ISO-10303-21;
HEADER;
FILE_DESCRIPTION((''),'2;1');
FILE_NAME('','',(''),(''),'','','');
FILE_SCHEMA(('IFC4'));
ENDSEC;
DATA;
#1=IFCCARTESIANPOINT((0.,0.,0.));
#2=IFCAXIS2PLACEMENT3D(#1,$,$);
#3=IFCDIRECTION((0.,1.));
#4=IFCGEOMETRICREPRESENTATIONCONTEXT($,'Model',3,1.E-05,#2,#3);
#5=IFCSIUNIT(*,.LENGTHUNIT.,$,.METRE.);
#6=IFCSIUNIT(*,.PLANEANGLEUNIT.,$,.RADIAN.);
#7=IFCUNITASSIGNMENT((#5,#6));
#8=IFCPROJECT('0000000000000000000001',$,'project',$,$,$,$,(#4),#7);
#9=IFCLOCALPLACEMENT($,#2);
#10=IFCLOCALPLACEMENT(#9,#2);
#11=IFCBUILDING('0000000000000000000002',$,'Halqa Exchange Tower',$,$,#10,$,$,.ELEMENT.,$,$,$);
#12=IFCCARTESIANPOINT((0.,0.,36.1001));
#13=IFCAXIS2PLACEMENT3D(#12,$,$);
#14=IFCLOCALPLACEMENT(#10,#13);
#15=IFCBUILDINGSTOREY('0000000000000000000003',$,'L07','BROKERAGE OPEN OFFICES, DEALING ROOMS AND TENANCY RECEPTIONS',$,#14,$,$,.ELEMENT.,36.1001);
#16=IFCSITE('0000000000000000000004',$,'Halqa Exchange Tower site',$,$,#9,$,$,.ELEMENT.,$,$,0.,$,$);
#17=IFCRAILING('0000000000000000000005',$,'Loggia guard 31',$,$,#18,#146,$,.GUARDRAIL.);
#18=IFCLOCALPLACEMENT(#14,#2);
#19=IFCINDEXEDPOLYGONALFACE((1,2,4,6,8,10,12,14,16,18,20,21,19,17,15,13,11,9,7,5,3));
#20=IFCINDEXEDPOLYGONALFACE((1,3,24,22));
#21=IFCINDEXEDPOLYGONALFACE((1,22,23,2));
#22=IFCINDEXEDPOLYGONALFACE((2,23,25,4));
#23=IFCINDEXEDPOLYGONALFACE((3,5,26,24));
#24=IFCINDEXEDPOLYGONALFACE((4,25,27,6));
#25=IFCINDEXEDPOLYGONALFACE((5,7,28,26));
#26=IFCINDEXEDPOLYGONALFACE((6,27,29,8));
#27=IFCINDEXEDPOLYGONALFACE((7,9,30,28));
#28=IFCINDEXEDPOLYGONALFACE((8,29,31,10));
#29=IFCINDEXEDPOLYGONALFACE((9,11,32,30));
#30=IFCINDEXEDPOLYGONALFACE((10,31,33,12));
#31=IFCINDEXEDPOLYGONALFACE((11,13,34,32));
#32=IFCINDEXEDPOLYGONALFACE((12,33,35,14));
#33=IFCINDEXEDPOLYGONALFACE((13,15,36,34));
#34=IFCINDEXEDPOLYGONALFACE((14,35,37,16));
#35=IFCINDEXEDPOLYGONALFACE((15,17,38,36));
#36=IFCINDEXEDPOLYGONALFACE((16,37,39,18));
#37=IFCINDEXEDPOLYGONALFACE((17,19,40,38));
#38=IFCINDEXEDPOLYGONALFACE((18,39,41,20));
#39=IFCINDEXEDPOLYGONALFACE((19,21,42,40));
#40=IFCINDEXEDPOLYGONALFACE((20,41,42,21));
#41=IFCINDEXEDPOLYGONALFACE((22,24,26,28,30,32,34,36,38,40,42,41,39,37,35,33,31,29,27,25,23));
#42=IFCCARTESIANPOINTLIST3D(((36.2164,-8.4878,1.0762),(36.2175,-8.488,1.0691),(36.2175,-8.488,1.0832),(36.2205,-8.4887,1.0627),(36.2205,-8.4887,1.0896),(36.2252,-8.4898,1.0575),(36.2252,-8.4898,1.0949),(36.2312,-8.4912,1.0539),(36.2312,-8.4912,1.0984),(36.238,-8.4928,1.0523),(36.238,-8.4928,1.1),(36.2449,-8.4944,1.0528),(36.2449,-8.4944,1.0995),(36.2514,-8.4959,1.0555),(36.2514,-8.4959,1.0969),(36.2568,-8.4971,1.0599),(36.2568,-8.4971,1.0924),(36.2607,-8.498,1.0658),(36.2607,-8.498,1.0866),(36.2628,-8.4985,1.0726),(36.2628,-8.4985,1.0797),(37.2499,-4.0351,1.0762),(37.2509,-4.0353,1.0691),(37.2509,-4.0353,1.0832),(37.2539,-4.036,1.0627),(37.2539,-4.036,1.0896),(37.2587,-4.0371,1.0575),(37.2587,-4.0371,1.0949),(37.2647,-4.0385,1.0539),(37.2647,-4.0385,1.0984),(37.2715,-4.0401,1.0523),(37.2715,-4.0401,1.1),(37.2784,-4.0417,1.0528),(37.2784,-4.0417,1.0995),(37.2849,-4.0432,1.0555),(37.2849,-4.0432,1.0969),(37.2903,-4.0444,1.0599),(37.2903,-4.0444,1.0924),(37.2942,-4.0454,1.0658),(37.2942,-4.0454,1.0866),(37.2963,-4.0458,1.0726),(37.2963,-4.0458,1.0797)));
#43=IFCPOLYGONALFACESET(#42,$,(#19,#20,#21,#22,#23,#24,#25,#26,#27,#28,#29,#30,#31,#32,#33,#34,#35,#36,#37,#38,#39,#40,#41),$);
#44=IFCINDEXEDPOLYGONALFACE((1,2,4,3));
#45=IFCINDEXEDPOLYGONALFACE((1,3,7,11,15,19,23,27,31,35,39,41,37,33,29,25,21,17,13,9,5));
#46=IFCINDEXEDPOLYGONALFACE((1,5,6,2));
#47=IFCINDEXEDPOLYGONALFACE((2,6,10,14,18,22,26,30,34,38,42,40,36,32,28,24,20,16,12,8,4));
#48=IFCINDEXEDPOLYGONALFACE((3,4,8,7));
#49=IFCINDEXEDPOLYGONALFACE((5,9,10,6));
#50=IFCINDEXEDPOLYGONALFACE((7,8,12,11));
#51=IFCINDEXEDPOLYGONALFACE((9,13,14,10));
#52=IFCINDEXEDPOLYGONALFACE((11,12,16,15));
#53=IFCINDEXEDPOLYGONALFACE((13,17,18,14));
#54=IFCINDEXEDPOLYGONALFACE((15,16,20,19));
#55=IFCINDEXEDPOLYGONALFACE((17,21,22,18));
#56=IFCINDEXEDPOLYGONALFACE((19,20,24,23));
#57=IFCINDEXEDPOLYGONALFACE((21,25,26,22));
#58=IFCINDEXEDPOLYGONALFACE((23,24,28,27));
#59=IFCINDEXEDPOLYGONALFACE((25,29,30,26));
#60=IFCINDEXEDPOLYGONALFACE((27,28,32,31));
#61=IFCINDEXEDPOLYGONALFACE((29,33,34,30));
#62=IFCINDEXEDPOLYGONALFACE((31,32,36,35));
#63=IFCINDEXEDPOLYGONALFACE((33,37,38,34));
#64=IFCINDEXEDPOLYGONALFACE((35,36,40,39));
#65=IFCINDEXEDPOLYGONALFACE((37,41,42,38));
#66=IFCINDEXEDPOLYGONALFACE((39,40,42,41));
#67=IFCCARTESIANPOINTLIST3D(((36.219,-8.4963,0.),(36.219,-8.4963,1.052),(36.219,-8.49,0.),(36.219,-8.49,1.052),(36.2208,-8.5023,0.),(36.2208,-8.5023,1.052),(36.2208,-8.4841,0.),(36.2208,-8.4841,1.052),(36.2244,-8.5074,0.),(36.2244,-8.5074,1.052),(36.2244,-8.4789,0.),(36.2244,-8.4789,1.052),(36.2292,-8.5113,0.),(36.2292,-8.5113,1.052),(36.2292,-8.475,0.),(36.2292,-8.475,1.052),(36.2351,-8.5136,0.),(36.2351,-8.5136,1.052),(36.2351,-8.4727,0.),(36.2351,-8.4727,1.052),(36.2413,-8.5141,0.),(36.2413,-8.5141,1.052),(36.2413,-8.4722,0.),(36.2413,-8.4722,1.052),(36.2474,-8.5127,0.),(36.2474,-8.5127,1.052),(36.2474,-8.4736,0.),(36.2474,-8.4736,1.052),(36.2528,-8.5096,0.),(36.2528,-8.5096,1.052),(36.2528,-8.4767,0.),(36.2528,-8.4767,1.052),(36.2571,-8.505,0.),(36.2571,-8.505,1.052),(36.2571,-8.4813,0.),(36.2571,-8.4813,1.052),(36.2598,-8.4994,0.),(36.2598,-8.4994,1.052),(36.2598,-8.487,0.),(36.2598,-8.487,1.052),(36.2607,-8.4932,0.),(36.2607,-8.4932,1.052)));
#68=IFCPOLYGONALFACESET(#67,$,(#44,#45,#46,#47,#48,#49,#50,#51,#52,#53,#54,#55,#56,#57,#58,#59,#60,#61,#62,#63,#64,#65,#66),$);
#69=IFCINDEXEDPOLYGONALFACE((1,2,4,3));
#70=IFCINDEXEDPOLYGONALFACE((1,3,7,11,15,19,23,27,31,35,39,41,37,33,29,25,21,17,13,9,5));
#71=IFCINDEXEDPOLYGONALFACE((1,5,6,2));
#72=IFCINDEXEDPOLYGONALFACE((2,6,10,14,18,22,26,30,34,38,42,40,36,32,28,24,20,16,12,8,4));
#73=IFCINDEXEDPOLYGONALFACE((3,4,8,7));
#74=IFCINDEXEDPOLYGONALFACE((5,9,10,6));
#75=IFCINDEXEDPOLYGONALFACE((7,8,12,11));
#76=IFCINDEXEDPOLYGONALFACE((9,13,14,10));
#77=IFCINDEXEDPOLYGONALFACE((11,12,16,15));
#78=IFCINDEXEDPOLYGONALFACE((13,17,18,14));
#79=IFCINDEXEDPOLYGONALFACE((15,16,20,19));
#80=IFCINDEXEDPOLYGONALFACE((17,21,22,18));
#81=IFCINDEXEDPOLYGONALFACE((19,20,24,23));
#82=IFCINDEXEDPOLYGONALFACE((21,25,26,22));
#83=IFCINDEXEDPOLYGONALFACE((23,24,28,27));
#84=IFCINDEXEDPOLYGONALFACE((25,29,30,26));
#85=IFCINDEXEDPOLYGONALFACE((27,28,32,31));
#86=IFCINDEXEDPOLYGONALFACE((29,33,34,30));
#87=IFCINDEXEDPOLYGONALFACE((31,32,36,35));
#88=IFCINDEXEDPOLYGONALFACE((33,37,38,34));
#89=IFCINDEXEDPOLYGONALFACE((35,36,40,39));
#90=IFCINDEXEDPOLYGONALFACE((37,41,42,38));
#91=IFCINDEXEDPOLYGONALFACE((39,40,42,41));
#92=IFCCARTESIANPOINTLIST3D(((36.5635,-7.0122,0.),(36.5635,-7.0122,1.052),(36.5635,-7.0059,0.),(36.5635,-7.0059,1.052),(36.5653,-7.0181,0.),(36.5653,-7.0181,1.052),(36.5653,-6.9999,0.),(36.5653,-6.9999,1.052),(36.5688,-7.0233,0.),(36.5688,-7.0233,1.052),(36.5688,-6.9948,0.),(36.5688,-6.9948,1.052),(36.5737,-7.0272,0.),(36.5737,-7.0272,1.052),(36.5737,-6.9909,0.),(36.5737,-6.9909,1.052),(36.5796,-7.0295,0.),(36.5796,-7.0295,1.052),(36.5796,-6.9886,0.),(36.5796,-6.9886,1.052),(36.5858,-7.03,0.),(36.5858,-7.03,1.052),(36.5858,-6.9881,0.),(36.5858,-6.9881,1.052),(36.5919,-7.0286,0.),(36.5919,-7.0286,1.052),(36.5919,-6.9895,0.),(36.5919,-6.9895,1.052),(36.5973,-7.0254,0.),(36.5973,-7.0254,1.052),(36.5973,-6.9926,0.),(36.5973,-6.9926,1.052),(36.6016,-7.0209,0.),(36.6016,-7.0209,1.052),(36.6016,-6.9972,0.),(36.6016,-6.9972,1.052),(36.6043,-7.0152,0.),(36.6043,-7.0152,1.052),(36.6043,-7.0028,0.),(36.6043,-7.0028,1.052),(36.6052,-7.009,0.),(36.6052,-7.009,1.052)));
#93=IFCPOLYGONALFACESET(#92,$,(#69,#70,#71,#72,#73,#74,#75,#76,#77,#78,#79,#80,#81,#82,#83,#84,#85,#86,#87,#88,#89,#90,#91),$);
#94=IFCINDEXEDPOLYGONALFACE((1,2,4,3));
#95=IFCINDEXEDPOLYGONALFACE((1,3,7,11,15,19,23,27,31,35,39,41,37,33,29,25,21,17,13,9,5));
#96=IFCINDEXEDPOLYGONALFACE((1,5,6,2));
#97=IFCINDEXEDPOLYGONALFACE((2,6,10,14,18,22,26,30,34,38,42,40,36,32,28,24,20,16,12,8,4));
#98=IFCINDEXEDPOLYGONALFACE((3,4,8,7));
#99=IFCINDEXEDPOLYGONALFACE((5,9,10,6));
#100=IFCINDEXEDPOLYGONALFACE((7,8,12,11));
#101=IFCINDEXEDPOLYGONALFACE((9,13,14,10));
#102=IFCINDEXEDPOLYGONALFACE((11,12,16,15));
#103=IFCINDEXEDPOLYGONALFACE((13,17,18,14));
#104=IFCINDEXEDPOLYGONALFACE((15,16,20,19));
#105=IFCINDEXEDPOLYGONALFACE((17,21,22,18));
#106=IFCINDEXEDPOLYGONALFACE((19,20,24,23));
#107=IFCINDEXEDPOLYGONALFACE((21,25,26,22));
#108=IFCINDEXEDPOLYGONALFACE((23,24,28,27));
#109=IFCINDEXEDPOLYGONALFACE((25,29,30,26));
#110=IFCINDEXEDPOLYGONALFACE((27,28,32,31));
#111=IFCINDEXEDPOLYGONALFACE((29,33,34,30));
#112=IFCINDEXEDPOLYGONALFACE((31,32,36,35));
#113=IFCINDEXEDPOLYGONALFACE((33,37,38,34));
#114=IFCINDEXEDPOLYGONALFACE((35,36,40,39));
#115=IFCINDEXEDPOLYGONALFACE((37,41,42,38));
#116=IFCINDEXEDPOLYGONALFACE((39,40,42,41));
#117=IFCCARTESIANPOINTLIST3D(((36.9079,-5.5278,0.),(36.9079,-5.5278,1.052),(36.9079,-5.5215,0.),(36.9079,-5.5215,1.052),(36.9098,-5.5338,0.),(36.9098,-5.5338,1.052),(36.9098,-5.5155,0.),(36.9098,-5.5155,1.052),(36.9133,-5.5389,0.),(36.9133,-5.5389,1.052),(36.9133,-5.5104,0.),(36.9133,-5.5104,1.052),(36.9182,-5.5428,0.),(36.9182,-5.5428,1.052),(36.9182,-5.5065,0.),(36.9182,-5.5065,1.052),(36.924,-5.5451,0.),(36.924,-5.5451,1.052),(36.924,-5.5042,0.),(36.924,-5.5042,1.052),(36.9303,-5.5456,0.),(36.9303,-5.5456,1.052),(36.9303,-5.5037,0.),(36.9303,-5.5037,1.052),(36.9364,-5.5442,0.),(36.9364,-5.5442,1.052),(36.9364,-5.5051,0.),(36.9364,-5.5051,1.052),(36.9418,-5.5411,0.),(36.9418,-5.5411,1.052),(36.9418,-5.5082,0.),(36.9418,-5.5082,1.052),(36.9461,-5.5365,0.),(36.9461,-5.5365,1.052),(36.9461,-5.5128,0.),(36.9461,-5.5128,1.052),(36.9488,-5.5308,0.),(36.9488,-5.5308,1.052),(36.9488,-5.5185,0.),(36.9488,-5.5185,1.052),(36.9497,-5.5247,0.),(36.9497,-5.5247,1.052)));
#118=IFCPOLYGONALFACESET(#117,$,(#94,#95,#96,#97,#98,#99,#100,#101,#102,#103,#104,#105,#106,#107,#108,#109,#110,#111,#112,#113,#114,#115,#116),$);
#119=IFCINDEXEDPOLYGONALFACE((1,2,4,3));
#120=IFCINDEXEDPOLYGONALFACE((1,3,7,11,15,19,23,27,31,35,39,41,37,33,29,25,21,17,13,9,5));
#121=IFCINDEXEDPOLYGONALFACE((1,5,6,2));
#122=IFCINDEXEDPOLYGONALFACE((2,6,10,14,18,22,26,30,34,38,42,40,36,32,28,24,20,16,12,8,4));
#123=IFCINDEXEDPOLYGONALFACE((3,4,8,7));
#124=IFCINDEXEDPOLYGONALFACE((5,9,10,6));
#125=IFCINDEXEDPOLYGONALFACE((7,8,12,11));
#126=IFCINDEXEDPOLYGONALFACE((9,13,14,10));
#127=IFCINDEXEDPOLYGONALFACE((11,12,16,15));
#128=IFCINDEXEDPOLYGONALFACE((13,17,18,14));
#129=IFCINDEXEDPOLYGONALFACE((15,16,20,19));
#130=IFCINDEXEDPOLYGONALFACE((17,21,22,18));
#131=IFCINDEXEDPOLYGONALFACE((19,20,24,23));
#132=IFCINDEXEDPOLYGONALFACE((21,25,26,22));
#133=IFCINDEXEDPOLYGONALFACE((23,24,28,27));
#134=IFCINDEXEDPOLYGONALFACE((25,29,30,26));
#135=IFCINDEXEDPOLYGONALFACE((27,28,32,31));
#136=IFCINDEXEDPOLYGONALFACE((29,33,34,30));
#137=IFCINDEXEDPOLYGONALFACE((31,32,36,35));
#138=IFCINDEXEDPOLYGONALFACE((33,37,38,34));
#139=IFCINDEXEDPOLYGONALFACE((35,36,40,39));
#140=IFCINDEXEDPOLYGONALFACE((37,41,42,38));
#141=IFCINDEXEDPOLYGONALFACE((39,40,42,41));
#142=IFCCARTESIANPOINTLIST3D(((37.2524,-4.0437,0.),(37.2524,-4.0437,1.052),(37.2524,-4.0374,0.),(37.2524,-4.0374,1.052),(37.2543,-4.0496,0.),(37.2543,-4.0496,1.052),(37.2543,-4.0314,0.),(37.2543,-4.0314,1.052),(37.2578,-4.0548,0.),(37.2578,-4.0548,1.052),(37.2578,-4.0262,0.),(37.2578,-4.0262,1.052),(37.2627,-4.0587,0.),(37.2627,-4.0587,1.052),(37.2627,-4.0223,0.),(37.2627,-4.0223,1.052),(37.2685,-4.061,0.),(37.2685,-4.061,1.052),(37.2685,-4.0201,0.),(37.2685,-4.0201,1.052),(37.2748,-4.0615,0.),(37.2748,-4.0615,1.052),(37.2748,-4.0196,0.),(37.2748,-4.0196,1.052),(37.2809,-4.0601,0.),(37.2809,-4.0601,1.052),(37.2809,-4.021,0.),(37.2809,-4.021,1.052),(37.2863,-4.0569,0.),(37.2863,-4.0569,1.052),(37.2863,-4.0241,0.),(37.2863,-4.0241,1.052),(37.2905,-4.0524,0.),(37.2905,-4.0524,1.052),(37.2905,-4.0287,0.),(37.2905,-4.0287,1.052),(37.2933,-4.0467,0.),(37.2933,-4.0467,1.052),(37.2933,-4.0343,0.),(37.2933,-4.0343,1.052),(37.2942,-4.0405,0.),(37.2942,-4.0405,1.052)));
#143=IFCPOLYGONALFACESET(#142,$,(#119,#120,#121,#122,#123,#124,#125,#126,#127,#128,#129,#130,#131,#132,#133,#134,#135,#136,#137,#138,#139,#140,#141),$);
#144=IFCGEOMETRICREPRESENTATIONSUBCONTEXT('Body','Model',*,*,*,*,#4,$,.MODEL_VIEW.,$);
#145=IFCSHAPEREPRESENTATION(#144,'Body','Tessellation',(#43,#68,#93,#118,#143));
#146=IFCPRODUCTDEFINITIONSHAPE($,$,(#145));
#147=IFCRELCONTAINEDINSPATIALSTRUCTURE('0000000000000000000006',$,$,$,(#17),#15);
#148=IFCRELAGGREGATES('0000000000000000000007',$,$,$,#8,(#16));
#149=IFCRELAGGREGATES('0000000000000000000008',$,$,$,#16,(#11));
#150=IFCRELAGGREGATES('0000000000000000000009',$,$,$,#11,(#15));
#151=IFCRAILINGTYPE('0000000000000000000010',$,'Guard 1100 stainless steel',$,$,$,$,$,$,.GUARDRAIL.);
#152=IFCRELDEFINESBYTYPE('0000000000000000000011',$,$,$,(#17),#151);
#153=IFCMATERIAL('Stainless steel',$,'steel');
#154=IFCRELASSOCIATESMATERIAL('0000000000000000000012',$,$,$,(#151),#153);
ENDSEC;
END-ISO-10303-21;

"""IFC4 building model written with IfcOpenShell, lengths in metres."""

from ifc_helpers import new_model, si_unit, direction, frame, origin, origin_2d, place, context, subcontext, project, spatial, circle, extrude, material, type_object, element, save


model = new_model("IFC4")

# Units and contexts
model_context = context("Model", 3, precision=1e-05, world=origin(), true_north=direction((0.0, 1.0)))
body_context = subcontext(model_context, "Body", "Model", "MODEL_VIEW")
ifc_project = project(units=[si_unit("LENGTHUNIT", "METRE"), si_unit("PLANEANGLEUNIT", "RADIAN")], contexts=[model_context])

# Site, building, storey
site_placement = place(None, origin())
site = spatial("IfcSite", under=ifc_project, at=site_placement, Name="Halqa Exchange Tower site", CompositionType="ELEMENT", RefElevation=0.0)
building_placement = place(site_placement, origin())
building = spatial("IfcBuilding", under=site, at=building_placement, Name="Halqa Exchange Tower", CompositionType="ELEMENT")
storey_placement = place(building_placement, frame((0.0, 0.0, 36.1001)))
storey = spatial("IfcBuildingStorey", under=building, at=storey_placement, Name="L07", Description="BROKERAGE OPEN OFFICES, DEALING ROOMS AND TENANCY RECEPTIONS", CompositionType="ELEMENT", Elevation=36.1001)

# Railing
ifc_material_1 = material(Name="Stainless steel", Category="steel")
railing_type = type_object("IfcRailingType", Name="Guard 1100 stainless steel", PredefinedType="GUARDRAIL", material=ifc_material_1)
railing_1_placement = place(storey_placement, frame((36.2397, -8.4932, 0.0)))
element("IfcRailing", 1, at=railing_1_placement, inside=storey, type_object=railing_type, Name="Loggia guard 31", PredefinedType="GUARDRAIL", context=body_context, shape_type="SweptSolid", body=[
    extrude(circle(Radius=0.0239, at=origin_2d()), frame((0.0, 0.0, 1.0762), z_axis=(0.226088, 0.974107, 0.0), x_axis=(-0.974107, 0.226088, 0.0)), (0.0, 0.0, 1.0), 4.571),
    extrude(circle(Radius=0.021, at=origin_2d()), origin(), (0.0, 0.0, 1.0), 1.052),
    extrude(circle(Radius=0.021, at=origin_2d()), frame((0.3445, 1.4841, 0.0)), (0.0, 0.0, 1.0), 1.052),
    extrude(circle(Radius=0.021, at=origin_2d()), frame((0.689, 2.9685, 0.0)), (0.0, 0.0, 1.0), 1.052),
    extrude(circle(Radius=0.021, at=origin_2d()), frame((1.0334, 4.4526, 0.0)), (0.0, 0.0, 1.0), 1.052),
])

save(model, "model.ifc")
